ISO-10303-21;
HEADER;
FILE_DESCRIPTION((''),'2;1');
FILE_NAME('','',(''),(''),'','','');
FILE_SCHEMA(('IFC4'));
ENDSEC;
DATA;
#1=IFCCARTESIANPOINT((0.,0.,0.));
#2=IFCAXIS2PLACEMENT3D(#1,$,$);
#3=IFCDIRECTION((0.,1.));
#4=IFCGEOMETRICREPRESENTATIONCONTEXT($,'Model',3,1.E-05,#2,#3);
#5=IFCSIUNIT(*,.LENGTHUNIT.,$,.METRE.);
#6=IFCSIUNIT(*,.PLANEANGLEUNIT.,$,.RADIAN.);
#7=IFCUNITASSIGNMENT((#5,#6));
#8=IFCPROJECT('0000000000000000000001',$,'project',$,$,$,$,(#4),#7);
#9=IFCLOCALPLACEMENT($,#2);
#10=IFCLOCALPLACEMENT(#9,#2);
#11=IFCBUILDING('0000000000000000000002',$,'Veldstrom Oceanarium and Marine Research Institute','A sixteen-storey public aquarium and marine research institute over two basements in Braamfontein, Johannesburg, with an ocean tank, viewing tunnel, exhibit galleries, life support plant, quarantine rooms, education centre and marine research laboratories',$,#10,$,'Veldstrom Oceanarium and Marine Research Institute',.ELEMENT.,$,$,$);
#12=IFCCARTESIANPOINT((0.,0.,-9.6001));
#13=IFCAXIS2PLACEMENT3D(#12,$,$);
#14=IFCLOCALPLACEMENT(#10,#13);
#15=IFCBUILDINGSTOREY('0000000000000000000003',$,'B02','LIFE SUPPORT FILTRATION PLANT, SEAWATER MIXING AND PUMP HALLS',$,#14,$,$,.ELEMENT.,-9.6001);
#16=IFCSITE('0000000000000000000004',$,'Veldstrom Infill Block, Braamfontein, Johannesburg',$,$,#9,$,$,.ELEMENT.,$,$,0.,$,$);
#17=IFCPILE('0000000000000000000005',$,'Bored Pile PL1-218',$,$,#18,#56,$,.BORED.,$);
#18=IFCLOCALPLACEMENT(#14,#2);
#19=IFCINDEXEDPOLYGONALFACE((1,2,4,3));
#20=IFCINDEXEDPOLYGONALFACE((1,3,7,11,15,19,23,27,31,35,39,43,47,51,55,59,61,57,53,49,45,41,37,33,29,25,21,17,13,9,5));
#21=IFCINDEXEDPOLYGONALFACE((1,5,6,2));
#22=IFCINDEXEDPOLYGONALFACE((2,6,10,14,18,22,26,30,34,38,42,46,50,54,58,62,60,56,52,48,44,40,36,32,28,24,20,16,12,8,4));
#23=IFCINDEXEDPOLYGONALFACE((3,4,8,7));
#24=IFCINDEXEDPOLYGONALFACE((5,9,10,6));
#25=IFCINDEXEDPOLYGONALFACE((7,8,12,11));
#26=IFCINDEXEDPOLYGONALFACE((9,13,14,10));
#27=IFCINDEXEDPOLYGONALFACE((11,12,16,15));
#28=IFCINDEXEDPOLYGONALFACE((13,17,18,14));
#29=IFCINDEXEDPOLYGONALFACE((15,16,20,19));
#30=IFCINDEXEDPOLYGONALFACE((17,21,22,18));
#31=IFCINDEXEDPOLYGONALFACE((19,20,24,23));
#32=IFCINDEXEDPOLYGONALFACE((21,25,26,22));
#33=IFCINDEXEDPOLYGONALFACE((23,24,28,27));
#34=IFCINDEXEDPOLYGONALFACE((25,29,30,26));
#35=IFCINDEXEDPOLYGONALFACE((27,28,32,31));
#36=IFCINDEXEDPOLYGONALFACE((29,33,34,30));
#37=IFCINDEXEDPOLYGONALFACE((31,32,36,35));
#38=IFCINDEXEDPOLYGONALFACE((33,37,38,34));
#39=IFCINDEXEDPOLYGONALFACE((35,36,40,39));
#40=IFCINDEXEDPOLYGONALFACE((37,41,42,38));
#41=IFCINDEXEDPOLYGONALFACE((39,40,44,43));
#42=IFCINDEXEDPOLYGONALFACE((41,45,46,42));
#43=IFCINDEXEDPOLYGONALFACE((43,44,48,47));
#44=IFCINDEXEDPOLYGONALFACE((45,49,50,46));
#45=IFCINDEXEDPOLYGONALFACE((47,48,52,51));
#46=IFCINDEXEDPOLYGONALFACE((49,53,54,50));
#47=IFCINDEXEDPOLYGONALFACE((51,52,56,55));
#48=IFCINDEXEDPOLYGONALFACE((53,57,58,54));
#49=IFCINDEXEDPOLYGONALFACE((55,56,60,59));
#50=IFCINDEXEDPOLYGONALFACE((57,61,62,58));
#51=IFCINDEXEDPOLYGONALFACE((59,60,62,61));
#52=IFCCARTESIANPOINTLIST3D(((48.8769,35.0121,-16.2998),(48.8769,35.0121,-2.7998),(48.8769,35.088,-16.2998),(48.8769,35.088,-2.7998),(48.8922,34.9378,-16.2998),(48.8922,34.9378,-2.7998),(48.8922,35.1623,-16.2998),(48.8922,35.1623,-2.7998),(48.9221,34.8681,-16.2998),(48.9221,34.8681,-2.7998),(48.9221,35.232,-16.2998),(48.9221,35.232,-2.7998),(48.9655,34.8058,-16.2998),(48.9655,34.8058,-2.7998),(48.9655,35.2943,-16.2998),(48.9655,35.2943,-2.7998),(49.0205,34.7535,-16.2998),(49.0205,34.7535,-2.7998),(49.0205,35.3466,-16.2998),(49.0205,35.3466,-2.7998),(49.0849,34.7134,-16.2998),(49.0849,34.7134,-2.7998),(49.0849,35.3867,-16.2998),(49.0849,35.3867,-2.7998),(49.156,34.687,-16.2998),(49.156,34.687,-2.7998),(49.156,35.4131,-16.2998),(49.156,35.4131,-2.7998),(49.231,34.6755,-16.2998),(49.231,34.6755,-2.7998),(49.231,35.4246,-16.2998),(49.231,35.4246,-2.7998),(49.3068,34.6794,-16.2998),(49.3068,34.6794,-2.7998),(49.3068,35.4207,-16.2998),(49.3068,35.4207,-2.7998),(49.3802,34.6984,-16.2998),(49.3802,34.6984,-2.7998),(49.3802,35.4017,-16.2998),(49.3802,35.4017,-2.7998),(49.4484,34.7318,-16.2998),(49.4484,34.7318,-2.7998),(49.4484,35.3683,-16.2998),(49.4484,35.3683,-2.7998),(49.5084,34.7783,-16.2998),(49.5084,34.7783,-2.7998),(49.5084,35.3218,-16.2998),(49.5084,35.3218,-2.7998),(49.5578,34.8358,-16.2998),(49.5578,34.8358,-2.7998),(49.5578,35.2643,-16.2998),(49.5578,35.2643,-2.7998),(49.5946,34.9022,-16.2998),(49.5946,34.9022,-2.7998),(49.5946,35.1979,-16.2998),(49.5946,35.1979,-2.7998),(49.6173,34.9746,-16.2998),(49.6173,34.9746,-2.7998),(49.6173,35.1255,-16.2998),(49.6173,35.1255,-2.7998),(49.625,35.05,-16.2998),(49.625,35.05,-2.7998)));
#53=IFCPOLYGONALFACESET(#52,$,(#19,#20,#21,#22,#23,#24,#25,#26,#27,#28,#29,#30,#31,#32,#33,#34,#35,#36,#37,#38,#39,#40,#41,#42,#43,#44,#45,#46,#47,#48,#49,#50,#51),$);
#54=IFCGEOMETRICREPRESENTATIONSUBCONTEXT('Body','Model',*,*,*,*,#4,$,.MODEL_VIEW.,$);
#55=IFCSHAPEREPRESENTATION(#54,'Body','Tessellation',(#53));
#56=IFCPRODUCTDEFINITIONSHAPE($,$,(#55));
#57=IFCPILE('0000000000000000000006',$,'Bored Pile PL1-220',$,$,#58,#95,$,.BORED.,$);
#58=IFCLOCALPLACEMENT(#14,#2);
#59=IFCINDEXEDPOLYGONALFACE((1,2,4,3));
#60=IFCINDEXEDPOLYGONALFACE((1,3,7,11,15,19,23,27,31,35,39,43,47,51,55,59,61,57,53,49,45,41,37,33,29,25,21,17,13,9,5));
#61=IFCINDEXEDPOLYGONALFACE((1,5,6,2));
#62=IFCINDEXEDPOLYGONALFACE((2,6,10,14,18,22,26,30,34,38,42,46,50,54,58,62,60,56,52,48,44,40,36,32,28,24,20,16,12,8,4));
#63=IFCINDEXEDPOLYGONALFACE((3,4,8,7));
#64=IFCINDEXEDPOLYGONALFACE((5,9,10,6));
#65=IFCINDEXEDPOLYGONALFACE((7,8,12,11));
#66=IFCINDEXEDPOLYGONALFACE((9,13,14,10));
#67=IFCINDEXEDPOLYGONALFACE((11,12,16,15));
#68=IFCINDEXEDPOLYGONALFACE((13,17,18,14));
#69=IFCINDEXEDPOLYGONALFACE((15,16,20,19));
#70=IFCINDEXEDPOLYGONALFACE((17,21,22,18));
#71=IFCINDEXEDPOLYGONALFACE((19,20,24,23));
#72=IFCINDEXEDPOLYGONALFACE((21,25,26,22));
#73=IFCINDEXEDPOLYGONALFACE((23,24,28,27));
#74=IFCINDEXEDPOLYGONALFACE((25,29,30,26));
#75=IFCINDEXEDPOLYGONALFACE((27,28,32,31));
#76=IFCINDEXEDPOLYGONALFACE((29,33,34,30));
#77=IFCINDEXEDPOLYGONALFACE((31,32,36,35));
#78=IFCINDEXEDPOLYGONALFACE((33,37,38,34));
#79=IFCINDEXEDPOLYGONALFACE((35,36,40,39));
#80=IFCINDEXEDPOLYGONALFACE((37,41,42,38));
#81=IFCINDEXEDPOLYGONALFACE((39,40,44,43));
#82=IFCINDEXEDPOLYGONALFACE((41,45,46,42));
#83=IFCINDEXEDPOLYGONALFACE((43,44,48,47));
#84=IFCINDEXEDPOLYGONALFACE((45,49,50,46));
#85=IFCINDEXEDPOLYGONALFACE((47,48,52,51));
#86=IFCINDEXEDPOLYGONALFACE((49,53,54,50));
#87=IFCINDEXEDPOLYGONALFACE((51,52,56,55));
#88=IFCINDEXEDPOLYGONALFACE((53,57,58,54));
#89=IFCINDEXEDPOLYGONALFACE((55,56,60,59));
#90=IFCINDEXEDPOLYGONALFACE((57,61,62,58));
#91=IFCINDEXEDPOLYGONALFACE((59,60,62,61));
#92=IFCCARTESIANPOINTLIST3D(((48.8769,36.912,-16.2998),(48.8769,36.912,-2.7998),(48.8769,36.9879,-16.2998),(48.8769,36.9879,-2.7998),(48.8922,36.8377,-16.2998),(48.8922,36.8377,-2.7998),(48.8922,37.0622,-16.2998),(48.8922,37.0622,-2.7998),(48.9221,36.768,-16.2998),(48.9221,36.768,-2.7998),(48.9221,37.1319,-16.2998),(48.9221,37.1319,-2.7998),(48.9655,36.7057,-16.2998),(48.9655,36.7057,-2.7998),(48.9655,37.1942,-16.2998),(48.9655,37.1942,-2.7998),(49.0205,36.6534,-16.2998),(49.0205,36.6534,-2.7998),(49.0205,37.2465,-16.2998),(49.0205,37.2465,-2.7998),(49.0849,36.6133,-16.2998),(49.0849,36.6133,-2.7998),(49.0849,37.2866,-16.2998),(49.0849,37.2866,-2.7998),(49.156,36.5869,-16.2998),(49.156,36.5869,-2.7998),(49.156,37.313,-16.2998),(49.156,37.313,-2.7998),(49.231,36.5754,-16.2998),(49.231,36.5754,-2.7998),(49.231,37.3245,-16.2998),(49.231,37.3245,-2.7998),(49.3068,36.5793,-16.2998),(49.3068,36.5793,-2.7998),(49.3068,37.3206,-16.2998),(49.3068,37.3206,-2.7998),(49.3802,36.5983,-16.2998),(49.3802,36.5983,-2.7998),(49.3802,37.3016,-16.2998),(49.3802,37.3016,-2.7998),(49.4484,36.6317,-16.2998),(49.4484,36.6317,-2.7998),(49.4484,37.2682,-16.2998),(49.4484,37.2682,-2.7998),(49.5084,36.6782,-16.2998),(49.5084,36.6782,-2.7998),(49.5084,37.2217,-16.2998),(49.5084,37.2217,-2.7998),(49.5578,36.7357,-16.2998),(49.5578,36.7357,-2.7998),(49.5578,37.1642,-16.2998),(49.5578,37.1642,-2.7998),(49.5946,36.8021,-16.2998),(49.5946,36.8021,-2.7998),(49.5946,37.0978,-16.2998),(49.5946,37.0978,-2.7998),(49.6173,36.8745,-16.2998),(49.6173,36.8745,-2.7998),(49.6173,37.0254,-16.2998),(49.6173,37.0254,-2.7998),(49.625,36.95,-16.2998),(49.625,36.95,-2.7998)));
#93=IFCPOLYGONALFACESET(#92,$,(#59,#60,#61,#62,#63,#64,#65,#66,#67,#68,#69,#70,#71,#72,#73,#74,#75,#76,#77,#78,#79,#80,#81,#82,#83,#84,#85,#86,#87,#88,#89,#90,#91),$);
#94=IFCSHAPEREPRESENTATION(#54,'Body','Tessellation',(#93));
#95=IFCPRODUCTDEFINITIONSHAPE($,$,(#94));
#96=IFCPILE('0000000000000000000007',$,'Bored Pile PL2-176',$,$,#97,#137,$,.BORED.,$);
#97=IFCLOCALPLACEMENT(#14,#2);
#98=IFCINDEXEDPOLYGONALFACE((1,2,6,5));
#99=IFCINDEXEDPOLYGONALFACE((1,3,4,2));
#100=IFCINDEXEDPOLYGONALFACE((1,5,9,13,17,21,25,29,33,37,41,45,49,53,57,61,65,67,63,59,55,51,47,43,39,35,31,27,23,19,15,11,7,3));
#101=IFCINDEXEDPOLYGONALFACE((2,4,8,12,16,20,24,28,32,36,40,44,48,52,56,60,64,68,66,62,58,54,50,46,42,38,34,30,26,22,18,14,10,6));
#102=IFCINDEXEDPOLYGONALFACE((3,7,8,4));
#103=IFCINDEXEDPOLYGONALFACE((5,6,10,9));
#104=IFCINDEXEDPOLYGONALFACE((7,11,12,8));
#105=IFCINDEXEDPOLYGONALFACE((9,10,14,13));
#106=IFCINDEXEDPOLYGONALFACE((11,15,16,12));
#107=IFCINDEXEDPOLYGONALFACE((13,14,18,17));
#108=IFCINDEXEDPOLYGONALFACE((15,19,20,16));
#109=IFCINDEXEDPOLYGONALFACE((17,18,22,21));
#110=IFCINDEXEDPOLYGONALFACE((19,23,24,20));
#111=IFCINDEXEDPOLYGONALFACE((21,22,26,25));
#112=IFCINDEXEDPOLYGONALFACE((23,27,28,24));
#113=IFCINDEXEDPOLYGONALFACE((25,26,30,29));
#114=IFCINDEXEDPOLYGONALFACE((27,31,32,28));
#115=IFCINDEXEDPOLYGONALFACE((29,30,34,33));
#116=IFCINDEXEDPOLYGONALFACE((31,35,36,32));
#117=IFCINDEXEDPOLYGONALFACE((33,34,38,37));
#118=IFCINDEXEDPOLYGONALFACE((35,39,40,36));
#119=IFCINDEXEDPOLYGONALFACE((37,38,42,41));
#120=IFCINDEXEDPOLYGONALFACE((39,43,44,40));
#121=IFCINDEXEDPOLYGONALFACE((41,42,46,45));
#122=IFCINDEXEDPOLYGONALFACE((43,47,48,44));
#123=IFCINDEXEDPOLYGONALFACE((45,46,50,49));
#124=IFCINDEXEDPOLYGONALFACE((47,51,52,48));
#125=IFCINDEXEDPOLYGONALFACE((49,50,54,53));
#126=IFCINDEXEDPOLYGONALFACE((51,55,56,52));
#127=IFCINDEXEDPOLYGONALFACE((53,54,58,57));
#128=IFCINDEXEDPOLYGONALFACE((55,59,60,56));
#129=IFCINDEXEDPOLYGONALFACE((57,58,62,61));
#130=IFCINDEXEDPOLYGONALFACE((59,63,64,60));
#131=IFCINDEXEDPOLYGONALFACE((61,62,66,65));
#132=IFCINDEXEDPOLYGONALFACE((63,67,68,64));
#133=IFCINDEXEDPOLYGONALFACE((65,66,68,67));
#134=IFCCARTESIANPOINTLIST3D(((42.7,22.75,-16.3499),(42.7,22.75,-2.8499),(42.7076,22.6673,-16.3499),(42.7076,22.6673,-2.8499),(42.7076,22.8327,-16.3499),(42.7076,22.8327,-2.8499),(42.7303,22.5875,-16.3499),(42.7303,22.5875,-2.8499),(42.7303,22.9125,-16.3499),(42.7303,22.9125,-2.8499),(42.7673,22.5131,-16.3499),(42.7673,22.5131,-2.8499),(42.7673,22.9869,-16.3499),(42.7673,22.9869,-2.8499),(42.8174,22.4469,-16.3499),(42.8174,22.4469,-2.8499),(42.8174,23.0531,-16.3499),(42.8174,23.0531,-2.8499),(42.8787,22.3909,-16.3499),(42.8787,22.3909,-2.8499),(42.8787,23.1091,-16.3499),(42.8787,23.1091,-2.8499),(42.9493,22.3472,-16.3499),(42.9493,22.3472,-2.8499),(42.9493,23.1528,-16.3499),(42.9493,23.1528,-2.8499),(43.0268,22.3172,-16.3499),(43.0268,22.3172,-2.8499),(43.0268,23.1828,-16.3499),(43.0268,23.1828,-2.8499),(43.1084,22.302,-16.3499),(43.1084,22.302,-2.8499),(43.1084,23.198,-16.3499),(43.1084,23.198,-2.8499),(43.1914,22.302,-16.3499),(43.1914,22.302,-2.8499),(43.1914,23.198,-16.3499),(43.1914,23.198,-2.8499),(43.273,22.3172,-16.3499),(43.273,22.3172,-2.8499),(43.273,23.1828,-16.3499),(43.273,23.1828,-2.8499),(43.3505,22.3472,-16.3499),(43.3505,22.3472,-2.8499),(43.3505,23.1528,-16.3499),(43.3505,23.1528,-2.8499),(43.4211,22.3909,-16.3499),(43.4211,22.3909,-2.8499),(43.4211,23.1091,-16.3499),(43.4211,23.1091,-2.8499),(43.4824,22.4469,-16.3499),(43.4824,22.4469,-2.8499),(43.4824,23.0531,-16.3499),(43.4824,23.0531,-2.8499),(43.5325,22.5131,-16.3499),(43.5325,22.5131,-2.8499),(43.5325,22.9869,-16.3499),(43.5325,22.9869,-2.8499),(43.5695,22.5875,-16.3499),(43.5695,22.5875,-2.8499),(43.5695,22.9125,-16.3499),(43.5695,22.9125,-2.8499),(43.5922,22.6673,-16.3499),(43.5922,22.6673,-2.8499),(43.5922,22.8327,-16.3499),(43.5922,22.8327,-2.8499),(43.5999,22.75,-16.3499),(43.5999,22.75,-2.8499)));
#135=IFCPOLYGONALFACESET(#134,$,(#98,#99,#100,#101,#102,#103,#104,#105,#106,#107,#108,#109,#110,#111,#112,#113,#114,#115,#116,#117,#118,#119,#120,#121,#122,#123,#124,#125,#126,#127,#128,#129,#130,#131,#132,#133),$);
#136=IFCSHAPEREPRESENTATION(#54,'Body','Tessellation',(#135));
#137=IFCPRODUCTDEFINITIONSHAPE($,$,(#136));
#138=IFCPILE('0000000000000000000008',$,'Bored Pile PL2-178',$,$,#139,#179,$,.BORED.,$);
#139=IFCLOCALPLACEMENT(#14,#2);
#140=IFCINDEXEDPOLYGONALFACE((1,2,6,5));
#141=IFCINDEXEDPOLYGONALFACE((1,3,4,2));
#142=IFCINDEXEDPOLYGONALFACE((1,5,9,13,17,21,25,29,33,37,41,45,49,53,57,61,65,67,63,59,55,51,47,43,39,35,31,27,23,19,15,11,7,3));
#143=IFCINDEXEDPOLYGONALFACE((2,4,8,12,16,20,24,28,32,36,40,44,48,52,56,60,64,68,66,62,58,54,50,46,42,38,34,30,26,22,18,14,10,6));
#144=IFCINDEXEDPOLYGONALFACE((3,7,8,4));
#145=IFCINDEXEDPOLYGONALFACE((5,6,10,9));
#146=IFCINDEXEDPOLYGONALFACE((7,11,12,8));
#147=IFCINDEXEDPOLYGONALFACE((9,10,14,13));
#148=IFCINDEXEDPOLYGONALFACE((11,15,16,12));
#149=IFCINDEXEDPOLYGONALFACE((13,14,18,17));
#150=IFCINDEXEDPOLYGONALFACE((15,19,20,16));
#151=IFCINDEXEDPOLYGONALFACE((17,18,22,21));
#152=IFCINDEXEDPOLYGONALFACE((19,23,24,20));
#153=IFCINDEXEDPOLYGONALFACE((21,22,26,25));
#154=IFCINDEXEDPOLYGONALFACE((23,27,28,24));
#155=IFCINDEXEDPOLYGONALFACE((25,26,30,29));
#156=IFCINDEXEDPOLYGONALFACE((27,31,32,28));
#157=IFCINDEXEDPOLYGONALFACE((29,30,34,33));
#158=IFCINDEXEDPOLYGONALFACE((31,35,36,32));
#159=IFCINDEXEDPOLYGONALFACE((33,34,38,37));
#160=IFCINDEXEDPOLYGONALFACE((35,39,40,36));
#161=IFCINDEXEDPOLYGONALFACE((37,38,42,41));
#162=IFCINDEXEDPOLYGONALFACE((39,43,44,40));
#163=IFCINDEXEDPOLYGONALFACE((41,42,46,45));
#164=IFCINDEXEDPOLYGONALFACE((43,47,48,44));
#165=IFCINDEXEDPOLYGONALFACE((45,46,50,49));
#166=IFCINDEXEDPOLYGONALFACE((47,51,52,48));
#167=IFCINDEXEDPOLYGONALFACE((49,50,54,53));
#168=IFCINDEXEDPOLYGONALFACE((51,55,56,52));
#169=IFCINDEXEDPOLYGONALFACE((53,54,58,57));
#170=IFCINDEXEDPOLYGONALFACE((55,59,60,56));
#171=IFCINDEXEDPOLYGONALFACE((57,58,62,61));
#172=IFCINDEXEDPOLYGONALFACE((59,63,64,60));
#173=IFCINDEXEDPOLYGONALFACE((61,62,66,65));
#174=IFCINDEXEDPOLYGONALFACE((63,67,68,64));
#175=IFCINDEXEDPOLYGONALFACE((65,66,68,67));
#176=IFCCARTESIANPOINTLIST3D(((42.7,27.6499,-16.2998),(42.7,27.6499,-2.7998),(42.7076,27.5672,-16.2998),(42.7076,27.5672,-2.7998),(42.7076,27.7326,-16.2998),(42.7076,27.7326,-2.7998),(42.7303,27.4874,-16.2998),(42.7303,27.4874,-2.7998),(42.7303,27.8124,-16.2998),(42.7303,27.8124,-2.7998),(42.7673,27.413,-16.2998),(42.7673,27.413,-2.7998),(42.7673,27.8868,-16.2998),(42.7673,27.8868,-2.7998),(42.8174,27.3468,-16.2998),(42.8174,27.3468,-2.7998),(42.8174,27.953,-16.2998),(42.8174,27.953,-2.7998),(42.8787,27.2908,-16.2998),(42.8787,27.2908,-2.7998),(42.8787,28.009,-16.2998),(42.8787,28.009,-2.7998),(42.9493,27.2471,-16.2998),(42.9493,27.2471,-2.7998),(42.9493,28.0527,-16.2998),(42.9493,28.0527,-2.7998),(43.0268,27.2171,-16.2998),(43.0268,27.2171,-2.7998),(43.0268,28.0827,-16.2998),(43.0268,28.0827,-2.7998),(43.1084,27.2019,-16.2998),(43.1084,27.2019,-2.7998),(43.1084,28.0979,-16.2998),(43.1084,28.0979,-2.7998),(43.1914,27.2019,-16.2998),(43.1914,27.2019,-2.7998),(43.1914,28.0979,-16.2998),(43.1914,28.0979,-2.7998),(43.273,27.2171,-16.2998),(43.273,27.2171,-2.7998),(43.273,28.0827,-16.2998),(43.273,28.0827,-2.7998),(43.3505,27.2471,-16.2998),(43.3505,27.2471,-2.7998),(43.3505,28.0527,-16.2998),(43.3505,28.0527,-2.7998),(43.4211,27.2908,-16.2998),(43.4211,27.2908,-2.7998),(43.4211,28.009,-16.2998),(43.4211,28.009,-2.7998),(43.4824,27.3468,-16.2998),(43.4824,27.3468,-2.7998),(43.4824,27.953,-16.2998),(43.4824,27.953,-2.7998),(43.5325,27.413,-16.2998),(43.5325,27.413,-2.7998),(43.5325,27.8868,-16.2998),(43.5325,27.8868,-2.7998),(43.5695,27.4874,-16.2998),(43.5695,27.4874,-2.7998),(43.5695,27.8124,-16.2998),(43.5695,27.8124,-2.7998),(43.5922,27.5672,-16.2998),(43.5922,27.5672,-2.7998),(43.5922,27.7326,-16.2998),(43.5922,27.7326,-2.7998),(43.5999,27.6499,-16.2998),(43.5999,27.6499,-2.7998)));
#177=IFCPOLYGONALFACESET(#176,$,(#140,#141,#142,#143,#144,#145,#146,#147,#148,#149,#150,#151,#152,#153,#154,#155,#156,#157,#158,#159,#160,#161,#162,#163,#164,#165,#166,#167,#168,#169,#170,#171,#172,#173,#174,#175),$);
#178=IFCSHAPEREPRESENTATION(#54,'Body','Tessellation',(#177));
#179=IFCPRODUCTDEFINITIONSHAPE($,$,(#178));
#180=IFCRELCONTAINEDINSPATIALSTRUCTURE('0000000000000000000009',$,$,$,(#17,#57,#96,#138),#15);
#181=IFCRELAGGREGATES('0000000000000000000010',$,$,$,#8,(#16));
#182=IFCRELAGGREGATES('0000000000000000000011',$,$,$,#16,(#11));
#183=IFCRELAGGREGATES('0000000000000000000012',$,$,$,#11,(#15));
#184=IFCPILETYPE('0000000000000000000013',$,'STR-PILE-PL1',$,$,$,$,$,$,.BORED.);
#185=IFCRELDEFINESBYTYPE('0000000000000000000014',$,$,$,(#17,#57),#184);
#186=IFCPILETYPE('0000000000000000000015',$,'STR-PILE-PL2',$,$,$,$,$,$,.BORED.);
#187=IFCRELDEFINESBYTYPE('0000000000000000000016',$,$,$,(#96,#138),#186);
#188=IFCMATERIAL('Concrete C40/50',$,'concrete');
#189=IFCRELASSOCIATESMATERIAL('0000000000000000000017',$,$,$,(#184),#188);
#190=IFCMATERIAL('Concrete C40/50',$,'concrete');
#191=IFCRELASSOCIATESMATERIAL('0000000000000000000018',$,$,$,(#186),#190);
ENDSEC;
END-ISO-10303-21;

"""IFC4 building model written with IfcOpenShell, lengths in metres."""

from ifc_helpers import new_model, si_unit, direction, frame, origin, origin_2d, place, context, subcontext, project, spatial, circle, extrude, material, material_profile, profile_set, type_object, element, save


model = new_model("IFC4")

# Units and contexts
model_context = context("Model", 3, precision=1e-05, world=origin(), true_north=direction((0.0, 1.0)))
body_context = subcontext(model_context, "Body", "Model", "MODEL_VIEW")
ifc_project = project(units=[si_unit("LENGTHUNIT", "METRE"), si_unit("PLANEANGLEUNIT", "RADIAN")], contexts=[model_context])

# Site, building, storey
site_placement = place(None, origin())
site = spatial("IfcSite", under=ifc_project, at=site_placement, Name="Veldstrom Infill Block, Braamfontein, Johannesburg", CompositionType="ELEMENT", RefElevation=0.0)
building_placement = place(site_placement, origin())
building = spatial("IfcBuilding", under=site, at=building_placement, Name="Veldstrom Oceanarium and Marine Research Institute", Description="A sixteen-storey public aquarium and marine research institute over two basements in Braamfontein, Johannesburg, with an ocean tank, viewing tunnel, exhibit galleries, life support plant, quarantine rooms, education centre and marine research laboratories", LongName="Veldstrom Oceanarium and Marine Research Institute", CompositionType="ELEMENT")
storey_placement = place(building_placement, frame((0.0, 0.0, -9.6001)))
storey = spatial("IfcBuildingStorey", under=building, at=storey_placement, Name="B02", Description="LIFE SUPPORT FILTRATION PLANT, SEAWATER MIXING AND PUMP HALLS", CompositionType="ELEMENT", Elevation=-9.6001)

# Piles
ifc_material_1 = material(Name="Concrete C40/50", Category="concrete")
ifc_material_profile_1 = material_profile(ifc_material_1, circle(Radius=0.375, at=origin_2d()), Name="PILE-D750")
ifc_profile_set_1 = profile_set([ifc_material_profile_1], Name="Concrete C40/50")
pile_type_1 = type_object("IfcPileType", Name="STR-PILE-PL1", PredefinedType="BORED", material=ifc_profile_set_1)
for number, where, z_axis, x_axis, name in (
    (1, (49.25, 35.05, -2.7998), (0.0, 0.0, -1.0), (1.0, 0.0, 0.0), "Bored Pile PL1-218"),
    (2, (49.25, 36.95, -2.7998), (0.0, 0.0, -1.0), (1.0, 0.0, 0.0), "Bored Pile PL1-220"),
):
    element("IfcPile", number, at=place(storey_placement, frame(where, z_axis=z_axis, x_axis=x_axis)), inside=storey, type_object=pile_type_1, Name=name, PredefinedType="BORED", context=body_context, shape_type="SweptSolid", body=[
        extrude(circle(Radius=0.375, at=origin_2d()), origin(), (0.0, 0.0, 1.0), 13.5),
    ])
ifc_material_2 = material(Name="Concrete C40/50", Category="concrete")
ifc_material_profile_2 = material_profile(ifc_material_2, circle(Radius=0.45, at=origin_2d()), Name="PILE-D900")
ifc_profile_set_2 = profile_set([ifc_material_profile_2], Name="Concrete C40/50")
pile_type_2 = type_object("IfcPileType", Name="STR-PILE-PL2", PredefinedType="BORED", material=ifc_profile_set_2)
for number, where, z_axis, x_axis, name in (
    (3, (43.1499, 22.75, -2.8499), (0.0, 0.0, -1.0), (1.0, 0.0, 0.0), "Bored Pile PL2-176"),
    (4, (43.1499, 27.6499, -2.7998), (0.0, 0.0, -1.0), (1.0, 0.0, 0.0), "Bored Pile PL2-178"),
):
    element("IfcPile", number, at=place(storey_placement, frame(where, z_axis=z_axis, x_axis=x_axis)), inside=storey, type_object=pile_type_2, Name=name, PredefinedType="BORED", context=body_context, shape_type="SweptSolid", body=[
        extrude(circle(Radius=0.45, at=origin_2d()), origin(), (0.0, 0.0, 1.0), 13.5),
    ])

save(model, "model.ifc")
